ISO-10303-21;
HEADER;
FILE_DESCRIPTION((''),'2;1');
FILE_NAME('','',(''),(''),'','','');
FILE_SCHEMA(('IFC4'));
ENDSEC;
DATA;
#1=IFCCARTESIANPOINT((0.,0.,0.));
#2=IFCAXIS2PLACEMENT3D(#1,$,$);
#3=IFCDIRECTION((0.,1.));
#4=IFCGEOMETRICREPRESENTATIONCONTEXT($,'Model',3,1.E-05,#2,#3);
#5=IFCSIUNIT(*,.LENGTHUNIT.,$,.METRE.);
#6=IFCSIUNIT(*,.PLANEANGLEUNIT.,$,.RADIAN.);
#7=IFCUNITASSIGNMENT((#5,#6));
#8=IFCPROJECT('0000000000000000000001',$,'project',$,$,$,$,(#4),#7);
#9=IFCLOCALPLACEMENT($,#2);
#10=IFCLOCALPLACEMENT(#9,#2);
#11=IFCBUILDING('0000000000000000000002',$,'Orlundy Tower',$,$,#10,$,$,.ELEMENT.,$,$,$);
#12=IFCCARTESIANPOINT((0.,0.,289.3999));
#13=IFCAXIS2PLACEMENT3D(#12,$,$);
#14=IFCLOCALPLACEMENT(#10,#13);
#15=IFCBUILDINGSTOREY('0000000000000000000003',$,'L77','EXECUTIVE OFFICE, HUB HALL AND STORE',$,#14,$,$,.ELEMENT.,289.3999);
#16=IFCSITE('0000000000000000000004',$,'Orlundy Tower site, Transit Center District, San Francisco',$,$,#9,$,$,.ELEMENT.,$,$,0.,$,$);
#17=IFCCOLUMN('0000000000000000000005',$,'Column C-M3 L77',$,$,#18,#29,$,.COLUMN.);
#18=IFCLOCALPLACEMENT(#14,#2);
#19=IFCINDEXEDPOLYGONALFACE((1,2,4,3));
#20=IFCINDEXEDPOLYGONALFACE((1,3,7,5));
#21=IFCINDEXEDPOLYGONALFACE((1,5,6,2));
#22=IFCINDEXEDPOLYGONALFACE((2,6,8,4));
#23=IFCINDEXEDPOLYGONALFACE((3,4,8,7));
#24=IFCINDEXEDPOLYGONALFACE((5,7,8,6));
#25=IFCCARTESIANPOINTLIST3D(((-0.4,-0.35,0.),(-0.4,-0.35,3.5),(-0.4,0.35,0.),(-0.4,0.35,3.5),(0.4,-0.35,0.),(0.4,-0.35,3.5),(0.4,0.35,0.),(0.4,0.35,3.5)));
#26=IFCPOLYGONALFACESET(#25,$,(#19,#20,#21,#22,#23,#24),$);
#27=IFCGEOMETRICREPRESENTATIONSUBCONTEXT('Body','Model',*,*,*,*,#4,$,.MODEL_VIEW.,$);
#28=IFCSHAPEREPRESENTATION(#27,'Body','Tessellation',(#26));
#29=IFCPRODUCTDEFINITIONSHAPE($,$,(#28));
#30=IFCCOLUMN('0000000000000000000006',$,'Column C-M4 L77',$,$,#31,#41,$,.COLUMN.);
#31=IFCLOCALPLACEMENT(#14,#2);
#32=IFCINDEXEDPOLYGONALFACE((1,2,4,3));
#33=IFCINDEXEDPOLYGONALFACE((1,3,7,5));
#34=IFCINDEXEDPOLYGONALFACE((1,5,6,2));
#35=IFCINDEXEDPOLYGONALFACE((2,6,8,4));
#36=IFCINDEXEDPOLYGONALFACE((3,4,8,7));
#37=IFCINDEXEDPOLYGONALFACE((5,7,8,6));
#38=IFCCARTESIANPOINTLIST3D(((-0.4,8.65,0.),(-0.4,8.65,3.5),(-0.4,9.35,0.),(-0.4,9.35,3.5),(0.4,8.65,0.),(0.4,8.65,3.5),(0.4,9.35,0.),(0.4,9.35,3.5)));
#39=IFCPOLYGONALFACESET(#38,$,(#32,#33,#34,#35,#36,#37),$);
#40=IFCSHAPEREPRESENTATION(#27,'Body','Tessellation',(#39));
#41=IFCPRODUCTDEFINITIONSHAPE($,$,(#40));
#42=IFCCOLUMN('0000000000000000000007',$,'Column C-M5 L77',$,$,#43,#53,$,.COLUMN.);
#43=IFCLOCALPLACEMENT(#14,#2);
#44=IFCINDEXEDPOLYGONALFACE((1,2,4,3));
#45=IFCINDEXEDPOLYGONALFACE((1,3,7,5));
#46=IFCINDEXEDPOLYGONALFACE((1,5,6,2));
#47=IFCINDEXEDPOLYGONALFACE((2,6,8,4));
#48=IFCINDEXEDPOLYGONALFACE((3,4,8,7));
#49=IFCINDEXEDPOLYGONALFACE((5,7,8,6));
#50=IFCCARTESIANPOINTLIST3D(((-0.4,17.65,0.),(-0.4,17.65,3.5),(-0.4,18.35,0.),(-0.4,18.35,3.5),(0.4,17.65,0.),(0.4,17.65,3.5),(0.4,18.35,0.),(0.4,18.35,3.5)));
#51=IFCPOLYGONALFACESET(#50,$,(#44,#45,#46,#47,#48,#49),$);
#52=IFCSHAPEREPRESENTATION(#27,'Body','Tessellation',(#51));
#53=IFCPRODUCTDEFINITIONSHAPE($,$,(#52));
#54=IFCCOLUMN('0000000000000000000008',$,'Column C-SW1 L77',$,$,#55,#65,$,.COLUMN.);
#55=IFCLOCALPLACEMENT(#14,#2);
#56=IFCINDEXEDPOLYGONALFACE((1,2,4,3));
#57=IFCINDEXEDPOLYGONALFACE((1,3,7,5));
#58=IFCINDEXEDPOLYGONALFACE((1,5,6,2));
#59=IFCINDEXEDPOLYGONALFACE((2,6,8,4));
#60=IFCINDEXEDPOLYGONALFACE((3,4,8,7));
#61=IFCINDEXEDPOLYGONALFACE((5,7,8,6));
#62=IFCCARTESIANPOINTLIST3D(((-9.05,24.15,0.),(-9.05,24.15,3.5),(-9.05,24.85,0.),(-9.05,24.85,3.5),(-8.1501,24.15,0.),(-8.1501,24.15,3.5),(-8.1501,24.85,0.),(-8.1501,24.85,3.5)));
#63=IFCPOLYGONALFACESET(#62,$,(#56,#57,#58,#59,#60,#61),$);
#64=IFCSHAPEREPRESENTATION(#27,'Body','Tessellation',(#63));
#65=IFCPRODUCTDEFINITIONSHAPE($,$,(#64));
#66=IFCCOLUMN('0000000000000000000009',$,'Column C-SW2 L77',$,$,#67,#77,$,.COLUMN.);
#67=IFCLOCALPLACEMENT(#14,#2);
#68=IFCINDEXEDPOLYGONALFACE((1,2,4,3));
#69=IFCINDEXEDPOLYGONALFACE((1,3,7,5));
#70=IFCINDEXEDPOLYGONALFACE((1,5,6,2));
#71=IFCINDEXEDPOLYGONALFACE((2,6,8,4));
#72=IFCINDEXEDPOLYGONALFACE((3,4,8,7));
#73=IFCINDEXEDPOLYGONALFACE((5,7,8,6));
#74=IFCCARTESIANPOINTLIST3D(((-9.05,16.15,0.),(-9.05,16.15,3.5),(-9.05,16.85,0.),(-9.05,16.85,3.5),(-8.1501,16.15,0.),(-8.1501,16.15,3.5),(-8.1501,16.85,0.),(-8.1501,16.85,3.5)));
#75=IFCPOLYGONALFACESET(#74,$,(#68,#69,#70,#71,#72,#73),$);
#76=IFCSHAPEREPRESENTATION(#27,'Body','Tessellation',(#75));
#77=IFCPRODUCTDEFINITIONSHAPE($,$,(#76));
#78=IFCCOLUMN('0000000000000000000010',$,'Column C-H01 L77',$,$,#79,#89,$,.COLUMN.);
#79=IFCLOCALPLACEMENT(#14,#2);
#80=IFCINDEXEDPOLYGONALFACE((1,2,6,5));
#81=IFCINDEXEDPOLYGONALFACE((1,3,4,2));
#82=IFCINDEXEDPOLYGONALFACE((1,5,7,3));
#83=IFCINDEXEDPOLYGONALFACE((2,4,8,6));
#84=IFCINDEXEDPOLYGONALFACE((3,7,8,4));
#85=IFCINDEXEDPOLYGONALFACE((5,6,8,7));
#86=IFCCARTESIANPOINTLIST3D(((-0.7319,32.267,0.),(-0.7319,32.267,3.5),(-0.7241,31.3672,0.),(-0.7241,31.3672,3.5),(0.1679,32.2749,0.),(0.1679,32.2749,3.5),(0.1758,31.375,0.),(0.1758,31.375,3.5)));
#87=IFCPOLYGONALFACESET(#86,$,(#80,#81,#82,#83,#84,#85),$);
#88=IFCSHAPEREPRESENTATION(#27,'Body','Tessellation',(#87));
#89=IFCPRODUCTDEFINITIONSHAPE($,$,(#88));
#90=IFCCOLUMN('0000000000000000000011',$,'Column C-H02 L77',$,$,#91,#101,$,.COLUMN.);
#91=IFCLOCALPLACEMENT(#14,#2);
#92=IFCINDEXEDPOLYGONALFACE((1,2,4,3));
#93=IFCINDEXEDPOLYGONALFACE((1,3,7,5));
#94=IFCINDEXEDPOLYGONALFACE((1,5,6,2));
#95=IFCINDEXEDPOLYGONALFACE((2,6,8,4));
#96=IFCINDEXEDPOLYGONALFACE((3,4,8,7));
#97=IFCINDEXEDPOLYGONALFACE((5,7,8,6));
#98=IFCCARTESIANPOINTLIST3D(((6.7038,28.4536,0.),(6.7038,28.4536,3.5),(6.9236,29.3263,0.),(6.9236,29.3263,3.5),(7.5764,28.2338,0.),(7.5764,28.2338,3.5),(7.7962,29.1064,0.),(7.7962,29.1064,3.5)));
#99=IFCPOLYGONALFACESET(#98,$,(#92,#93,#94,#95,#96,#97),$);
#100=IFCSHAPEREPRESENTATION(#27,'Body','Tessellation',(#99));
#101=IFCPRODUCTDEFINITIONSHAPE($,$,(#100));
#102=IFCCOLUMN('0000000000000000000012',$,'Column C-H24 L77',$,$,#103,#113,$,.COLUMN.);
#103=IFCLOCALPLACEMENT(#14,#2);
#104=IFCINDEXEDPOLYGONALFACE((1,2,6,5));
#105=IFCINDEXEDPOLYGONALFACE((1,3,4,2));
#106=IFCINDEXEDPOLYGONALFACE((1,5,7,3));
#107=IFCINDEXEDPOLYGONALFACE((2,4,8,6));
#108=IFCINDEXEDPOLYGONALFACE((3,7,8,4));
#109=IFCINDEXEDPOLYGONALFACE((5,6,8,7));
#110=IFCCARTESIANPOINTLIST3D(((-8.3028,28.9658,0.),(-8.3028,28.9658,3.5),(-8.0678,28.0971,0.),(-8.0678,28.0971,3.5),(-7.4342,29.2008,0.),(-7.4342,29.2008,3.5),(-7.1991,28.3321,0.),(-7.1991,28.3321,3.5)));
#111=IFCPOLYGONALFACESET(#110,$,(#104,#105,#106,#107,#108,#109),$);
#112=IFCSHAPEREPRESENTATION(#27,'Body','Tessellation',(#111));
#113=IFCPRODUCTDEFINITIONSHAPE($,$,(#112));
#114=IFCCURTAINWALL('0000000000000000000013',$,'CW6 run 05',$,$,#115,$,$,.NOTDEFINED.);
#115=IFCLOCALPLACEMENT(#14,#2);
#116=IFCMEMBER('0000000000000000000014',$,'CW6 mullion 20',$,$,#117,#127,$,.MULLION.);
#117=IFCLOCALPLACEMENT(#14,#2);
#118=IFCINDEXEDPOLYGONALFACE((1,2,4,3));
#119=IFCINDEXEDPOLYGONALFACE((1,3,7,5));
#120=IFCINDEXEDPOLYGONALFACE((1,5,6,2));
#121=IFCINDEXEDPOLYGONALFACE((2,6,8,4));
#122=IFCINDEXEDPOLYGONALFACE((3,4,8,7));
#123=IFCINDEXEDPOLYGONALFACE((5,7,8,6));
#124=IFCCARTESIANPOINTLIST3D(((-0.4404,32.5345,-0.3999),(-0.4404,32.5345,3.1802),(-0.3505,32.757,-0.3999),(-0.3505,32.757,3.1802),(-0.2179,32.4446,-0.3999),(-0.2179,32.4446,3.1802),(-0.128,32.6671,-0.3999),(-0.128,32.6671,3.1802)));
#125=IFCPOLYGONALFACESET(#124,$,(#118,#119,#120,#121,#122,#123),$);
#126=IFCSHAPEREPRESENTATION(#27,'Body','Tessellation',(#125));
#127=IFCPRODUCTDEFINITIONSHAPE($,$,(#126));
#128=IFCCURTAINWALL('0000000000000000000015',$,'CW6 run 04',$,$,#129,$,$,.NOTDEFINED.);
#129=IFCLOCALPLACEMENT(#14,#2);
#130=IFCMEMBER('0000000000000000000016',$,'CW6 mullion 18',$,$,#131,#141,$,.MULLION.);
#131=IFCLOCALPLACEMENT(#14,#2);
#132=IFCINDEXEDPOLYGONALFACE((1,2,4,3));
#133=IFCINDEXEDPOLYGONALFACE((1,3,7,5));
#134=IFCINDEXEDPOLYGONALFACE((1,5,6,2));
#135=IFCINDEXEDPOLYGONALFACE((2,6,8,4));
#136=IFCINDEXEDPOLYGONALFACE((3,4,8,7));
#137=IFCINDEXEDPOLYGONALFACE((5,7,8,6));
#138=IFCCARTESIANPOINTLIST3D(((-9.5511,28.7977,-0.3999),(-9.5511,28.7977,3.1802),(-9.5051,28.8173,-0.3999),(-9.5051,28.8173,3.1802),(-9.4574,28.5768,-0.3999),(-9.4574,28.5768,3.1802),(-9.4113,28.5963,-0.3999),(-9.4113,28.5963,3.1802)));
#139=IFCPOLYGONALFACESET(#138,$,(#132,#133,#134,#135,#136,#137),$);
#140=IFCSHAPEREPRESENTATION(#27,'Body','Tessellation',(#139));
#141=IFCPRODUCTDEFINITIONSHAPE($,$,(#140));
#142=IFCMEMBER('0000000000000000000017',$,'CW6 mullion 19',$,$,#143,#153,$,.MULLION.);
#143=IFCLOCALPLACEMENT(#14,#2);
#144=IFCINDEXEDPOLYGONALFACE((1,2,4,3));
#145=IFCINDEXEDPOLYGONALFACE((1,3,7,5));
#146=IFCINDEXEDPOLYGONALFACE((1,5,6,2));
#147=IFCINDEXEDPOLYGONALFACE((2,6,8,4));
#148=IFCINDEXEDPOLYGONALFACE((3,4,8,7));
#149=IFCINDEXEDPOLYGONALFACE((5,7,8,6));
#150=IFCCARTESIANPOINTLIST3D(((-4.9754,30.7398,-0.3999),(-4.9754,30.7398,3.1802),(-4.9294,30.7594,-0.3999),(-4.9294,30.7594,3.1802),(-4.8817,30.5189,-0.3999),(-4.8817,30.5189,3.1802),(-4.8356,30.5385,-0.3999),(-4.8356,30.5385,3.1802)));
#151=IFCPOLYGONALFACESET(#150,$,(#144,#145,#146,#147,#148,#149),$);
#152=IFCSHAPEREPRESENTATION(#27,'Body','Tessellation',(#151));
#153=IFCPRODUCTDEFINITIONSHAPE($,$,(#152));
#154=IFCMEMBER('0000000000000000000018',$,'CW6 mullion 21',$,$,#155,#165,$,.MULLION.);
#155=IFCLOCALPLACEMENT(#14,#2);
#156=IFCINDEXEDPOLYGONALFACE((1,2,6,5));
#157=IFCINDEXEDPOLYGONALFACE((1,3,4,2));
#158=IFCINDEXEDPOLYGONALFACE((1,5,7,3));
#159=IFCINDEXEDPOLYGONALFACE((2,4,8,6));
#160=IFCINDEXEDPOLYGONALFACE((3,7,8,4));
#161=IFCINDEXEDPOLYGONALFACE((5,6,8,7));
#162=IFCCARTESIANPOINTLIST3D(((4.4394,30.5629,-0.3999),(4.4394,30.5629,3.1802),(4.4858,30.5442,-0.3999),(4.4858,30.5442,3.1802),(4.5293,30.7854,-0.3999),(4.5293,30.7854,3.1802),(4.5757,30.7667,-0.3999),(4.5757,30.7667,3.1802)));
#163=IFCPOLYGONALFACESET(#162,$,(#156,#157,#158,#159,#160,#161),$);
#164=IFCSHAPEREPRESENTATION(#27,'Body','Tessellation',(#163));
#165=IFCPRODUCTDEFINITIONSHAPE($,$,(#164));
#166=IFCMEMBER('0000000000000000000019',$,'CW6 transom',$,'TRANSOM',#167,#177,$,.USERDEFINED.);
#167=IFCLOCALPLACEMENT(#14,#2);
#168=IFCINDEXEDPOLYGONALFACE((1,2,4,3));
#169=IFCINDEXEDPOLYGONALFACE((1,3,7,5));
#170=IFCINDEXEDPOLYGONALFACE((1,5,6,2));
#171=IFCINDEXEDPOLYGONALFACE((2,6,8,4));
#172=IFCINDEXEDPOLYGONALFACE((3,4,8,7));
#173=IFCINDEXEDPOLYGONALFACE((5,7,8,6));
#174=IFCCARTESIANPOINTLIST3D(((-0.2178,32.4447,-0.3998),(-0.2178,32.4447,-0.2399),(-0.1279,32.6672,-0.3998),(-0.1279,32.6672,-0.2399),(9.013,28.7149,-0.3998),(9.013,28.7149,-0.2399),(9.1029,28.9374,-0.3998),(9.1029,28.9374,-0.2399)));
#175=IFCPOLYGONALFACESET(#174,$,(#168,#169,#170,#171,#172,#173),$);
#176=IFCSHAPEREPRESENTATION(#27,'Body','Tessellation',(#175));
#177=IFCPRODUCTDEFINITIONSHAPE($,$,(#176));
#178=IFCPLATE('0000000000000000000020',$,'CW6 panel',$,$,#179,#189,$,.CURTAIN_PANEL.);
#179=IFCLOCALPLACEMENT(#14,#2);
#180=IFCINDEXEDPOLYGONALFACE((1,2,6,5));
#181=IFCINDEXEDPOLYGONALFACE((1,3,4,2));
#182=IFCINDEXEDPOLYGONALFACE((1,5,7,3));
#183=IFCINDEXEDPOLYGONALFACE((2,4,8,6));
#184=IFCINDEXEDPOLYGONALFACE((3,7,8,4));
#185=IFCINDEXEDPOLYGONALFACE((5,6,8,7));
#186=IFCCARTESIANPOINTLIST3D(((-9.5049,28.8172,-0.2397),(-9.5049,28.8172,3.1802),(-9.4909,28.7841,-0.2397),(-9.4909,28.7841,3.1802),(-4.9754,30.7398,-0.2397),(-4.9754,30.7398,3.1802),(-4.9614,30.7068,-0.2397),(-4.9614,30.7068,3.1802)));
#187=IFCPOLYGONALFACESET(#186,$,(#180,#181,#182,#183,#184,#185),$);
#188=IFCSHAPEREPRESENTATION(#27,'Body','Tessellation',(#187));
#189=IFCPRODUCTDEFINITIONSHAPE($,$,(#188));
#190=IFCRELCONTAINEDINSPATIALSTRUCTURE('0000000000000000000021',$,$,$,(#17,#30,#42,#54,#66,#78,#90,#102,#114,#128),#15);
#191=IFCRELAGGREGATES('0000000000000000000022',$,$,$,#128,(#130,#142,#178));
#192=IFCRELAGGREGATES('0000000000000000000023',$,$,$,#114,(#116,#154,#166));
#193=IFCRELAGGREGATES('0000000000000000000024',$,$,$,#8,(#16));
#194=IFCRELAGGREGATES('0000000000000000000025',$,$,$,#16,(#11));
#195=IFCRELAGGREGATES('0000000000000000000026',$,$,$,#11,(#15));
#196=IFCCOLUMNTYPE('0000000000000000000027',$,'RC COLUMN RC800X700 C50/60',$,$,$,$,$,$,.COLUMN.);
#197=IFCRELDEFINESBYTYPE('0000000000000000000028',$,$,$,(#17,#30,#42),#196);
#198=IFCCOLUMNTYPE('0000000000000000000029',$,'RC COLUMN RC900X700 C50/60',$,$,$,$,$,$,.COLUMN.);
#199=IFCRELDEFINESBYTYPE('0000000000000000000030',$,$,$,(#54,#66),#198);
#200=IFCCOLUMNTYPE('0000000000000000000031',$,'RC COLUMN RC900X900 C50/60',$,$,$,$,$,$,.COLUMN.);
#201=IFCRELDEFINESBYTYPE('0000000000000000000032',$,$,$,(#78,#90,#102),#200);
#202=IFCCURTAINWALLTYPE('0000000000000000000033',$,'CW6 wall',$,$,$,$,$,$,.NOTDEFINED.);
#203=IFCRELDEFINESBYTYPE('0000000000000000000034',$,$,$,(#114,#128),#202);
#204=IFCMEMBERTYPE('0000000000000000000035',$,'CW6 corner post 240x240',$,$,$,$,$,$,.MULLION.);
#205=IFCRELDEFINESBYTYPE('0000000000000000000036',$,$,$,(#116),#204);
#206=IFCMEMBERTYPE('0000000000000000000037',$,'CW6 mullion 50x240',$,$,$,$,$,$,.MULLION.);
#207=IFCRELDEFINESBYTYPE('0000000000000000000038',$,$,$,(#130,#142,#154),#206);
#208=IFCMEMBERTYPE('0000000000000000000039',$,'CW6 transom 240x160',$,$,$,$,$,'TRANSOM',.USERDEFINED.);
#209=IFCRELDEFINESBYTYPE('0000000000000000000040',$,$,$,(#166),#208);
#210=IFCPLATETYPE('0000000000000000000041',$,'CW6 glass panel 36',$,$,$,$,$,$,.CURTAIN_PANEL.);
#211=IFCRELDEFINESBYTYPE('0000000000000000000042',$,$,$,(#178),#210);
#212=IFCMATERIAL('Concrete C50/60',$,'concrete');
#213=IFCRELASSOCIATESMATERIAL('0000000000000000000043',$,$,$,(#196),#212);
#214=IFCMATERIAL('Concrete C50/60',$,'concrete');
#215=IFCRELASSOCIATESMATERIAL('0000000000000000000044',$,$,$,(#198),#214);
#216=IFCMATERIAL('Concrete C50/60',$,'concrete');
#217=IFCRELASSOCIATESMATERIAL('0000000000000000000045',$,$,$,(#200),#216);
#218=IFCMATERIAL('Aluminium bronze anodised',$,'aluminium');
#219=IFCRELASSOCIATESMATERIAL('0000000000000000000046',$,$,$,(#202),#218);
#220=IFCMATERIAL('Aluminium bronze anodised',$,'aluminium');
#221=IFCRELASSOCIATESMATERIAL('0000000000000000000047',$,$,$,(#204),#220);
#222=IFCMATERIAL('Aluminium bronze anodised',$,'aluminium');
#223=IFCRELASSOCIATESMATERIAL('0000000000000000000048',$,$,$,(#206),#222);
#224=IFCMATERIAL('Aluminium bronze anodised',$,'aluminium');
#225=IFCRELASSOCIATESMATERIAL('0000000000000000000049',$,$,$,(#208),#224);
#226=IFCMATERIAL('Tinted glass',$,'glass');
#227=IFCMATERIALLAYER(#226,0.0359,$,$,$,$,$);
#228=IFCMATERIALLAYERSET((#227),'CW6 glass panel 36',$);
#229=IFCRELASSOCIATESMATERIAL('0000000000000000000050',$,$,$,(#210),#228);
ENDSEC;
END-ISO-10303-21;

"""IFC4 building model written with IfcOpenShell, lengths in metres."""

from ifc_helpers import new_model, si_unit, direction, frame, origin, origin_2d, place, context, subcontext, project, spatial, rectangle, extrude, material, layer, layer_set, material_profile, profile_set, type_object, element, aggregate, save


model = new_model("IFC4")

# Units and contexts
model_context = context("Model", 3, precision=1e-05, world=origin(), true_north=direction((0.0, 1.0)))
body_context = subcontext(model_context, "Body", "Model", "MODEL_VIEW")
ifc_project = project(units=[si_unit("LENGTHUNIT", "METRE"), si_unit("PLANEANGLEUNIT", "RADIAN")], contexts=[model_context])

# Site, building, storey
site_placement = place(None, origin())
site = spatial("IfcSite", under=ifc_project, at=site_placement, Name="Orlundy Tower site, Transit Center District, San Francisco", CompositionType="ELEMENT", RefElevation=0.0)
building_placement = place(site_placement, origin())
building = spatial("IfcBuilding", under=site, at=building_placement, Name="Orlundy Tower", CompositionType="ELEMENT")
storey_placement = place(building_placement, frame((0.0, 0.0, 289.3999)))
storey = spatial("IfcBuildingStorey", under=building, at=storey_placement, Name="L77", Description="EXECUTIVE OFFICE, HUB HALL AND STORE", CompositionType="ELEMENT", Elevation=289.3999)

# Columns
ifc_material_1 = material(Name="Concrete C50/60", Category="concrete")
ifc_material_profile_1 = material_profile(ifc_material_1, rectangle(XDim=0.8, YDim=0.7, at=origin_2d()), Name="RC800X700")
ifc_profile_set_1 = profile_set([ifc_material_profile_1], Name="Concrete C50/60")
column_type_1 = type_object("IfcColumnType", Name="RC COLUMN RC800X700 C50/60", PredefinedType="COLUMN", material=ifc_profile_set_1)
for number, where, z_axis, x_axis, name in (
    (1, (0.0, 0.0, 0.0), (0.0, 0.0, 1.0), (1.0, 0.0, 0.0), "Column C-M3 L77"),
    (2, (0.0, 9.0, 0.0), (0.0, 0.0, 1.0), (1.0, 0.0, 0.0), "Column C-M4 L77"),
    (3, (0.0, 18.0, 0.0), (0.0, 0.0, 1.0), (1.0, 0.0, 0.0), "Column C-M5 L77"),
):
    element("IfcColumn", number, at=place(storey_placement, frame(where, z_axis=z_axis, x_axis=x_axis)), inside=storey, type_object=column_type_1, Name=name, PredefinedType="COLUMN", context=body_context, shape_type="SweptSolid", body=[
        extrude(rectangle(XDim=0.8, YDim=0.7, at=origin_2d()), origin(), (0.0, 0.0, 1.0), 3.5),
    ])
ifc_material_2 = material(Name="Concrete C50/60", Category="concrete")
ifc_material_profile_2 = material_profile(ifc_material_2, rectangle(XDim=0.8999, YDim=0.7, at=origin_2d()), Name="RC900X700")
ifc_profile_set_2 = profile_set([ifc_material_profile_2], Name="Concrete C50/60")
column_type_2 = type_object("IfcColumnType", Name="RC COLUMN RC900X700 C50/60", PredefinedType="COLUMN", material=ifc_profile_set_2)
for number, where, z_axis, x_axis, name in (
    (4, (-8.6001, 24.5, 0.0), (0.0, 0.0, 1.0), (1.0, 0.0, 0.0), "Column C-SW1 L77"),
    (5, (-8.6001, 16.5, 0.0), (0.0, 0.0, 1.0), (1.0, 0.0, 0.0), "Column C-SW2 L77"),
):
    element("IfcColumn", number, at=place(storey_placement, frame(where, z_axis=z_axis, x_axis=x_axis)), inside=storey, type_object=column_type_2, Name=name, PredefinedType="COLUMN", context=body_context, shape_type="SweptSolid", body=[
        extrude(rectangle(XDim=0.8999, YDim=0.7, at=origin_2d()), origin(), (0.0, 0.0, 1.0), 3.5),
    ])
ifc_material_3 = material(Name="Concrete C50/60", Category="concrete")
ifc_material_profile_3 = material_profile(ifc_material_3, rectangle(XDim=0.8999, YDim=0.8999, at=origin_2d()), Name="RC900X900")
ifc_profile_set_3 = profile_set([ifc_material_profile_3], Name="Concrete C50/60")
column_type_3 = type_object("IfcColumnType", Name="RC COLUMN RC900X900 C50/60", PredefinedType="COLUMN", material=ifc_profile_set_3)
for number, where, z_axis, x_axis, name in (
    (6, (-0.2781, 31.821, 0.0), (0.0, 0.0, 1.0), (-0.008744, 0.999962, 0.0), "Column C-H01 L77"),
    (7, (7.25, 28.78, 0.0), (0.0, 0.0, 1.0), (0.244275, 0.969706, 0.0), "Column C-H02 L77"),
    (8, (-7.751, 28.6489, 0.0), (0.0, 0.0, 1.0), (-0.261162, 0.965295, 0.0), "Column C-H24 L77"),
):
    element("IfcColumn", number, at=place(storey_placement, frame(where, z_axis=z_axis, x_axis=x_axis)), inside=storey, type_object=column_type_3, Name=name, PredefinedType="COLUMN", context=body_context, shape_type="SweptSolid", body=[
        extrude(rectangle(XDim=0.8999, YDim=0.8999, at=origin_2d()), origin(), (0.0, 0.0, 1.0), 3.5),
    ])

# Curtain wall, member
ifc_material_4 = material(Name="Aluminium bronze anodised", Category="aluminium")
curtain_wall_type = type_object("IfcCurtainWallType", Name="CW6 wall", PredefinedType="NOTDEFINED", material=ifc_material_4)
curtain_wall_1_placement = place(storey_placement, origin())
curtain_wall_1 = element("IfcCurtainWall", 9, at=curtain_wall_1_placement, inside=storey, type_object=curtain_wall_type, Name="CW6 run 05", PredefinedType="NOTDEFINED")
ifc_material_5 = material(Name="Aluminium bronze anodised", Category="aluminium")
ifc_material_profile_4 = material_profile(ifc_material_5, rectangle(XDim=0.24, YDim=0.24, at=origin_2d()), Name="CW6 corner post 240x240")
ifc_profile_set_4 = profile_set([ifc_material_profile_4], Name="Aluminium bronze anodised")
member_type_1 = type_object("IfcMemberType", Name="CW6 corner post 240x240", PredefinedType="MULLION", material=ifc_profile_set_4)
member_1_placement = place(storey_placement, frame((-0.2842, 32.6008, -0.3999), z_axis=(0.0, 0.0, 1.0), x_axis=(0.374639, 0.927171, 0.0)))
member_1 = element("IfcMember", 10, at=member_1_placement, type_object=member_type_1, Name="CW6 mullion 20", PredefinedType="MULLION", context=body_context, shape_type="SweptSolid", body=[
    extrude(rectangle(XDim=0.24, YDim=0.24, at=origin_2d()), origin(), (0.0, 0.0, 1.0), 3.5801),
])

# Curtain wall, members
curtain_wall_2_placement = place(storey_placement, origin())
curtain_wall_2 = element("IfcCurtainWall", 11, at=curtain_wall_2_placement, inside=storey, type_object=curtain_wall_type, Name="CW6 run 04", PredefinedType="NOTDEFINED")
ifc_material_6 = material(Name="Aluminium bronze anodised", Category="aluminium")
ifc_material_profile_5 = material_profile(ifc_material_6, rectangle(XDim=0.24, YDim=0.05, at=origin_2d()), Name="CW6 mullion 50x240")
ifc_profile_set_5 = profile_set([ifc_material_profile_5], Name="Aluminium bronze anodised")
member_type_2 = type_object("IfcMemberType", Name="CW6 mullion 50x240", PredefinedType="MULLION", material=ifc_profile_set_5)
member_2_placement = place(storey_placement, frame((-9.4812, 28.697, -0.3999), z_axis=(0.0, 0.0, 1.0), x_axis=(-0.390727, 0.920507, 0.0)))
member_2 = element("IfcMember", 12, at=member_2_placement, type_object=member_type_2, Name="CW6 mullion 18", PredefinedType="MULLION", context=body_context, shape_type="SweptSolid", body=[
    extrude(rectangle(XDim=0.24, YDim=0.05, at=origin_2d()), origin(), (0.0, 0.0, 1.0), 3.5801),
])
member_3_placement = place(storey_placement, frame((-4.9055, 30.6392, -0.3999), z_axis=(0.0, 0.0, 1.0), x_axis=(-0.390727, 0.920507, 0.0)))
member_3 = element("IfcMember", 13, at=member_3_placement, type_object=member_type_2, Name="CW6 mullion 19", PredefinedType="MULLION", context=body_context, shape_type="SweptSolid", body=[
    extrude(rectangle(XDim=0.24, YDim=0.05, at=origin_2d()), origin(), (0.0, 0.0, 1.0), 3.5801),
])

# Members
member_4_placement = place(storey_placement, frame((4.5076, 30.6648, -0.3999), z_axis=(0.0, 0.0, 1.0), x_axis=(0.374639, 0.927171, 0.0)))
member_4 = element("IfcMember", 14, at=member_4_placement, type_object=member_type_2, Name="CW6 mullion 21", PredefinedType="MULLION", context=body_context, shape_type="SweptSolid", body=[
    extrude(rectangle(XDim=0.24, YDim=0.05, at=origin_2d()), origin(), (0.0, 0.0, 1.0), 3.5801),
])
ifc_material_7 = material(Name="Aluminium bronze anodised", Category="aluminium")
ifc_material_profile_6 = material_profile(ifc_material_7, rectangle(XDim=0.24, YDim=0.1599, at=origin_2d()), Name="CW6 transom 240x160")
ifc_profile_set_6 = profile_set([ifc_material_profile_6], Name="Aluminium bronze anodised")
member_type_3 = type_object("IfcMemberType", Name="CW6 transom 240x160", ElementType="TRANSOM", PredefinedType="USERDEFINED", material=ifc_profile_set_6)
member_5_placement = place(storey_placement, frame((-0.1729, 32.5559, -0.3198), z_axis=(0.927174, -0.374631, 0.0), x_axis=(0.374631, 0.927174, 0.0)))
member_5 = element("IfcMember", 15, at=member_5_placement, type_object=member_type_3, Name="CW6 transom", ObjectType="TRANSOM", PredefinedType="USERDEFINED", context=body_context, shape_type="SweptSolid", body=[
    extrude(rectangle(XDim=0.24, YDim=0.1599, at=origin_2d()), origin(), (0.0, 0.0, 1.0), 9.9558),
])

# Plate
ifc_material_8 = material(Name="Tinted glass", Category="glass")
ifc_layer_1 = layer(ifc_material_8, 0.0359)
ifc_layer_set_1 = layer_set([ifc_layer_1], Name="CW6 glass panel 36")
plate_type = type_object("IfcPlateType", Name="CW6 glass panel 36", PredefinedType="CURTAIN_PANEL", material=ifc_layer_set_1)
plate_1_placement = place(storey_placement, frame((-7.2332, 29.762, -0.2397), z_axis=(0.0, 0.0, 1.0), x_axis=(0.920507, 0.390727, 0.0)))
plate_1 = element("IfcPlate", 16, at=plate_1_placement, type_object=plate_type, Name="CW6 panel", PredefinedType="CURTAIN_PANEL", context=body_context, shape_type="SweptSolid", body=[
    extrude(rectangle(XDim=4.9207, YDim=0.0359, at=origin_2d()), origin(), (0.0, 0.0, 1.0), 3.4199),
])
aggregate(curtain_wall_2, [member_2, member_3, plate_1])
aggregate(curtain_wall_1, [member_1, member_4, member_5])

save(model, "model.ifc")
